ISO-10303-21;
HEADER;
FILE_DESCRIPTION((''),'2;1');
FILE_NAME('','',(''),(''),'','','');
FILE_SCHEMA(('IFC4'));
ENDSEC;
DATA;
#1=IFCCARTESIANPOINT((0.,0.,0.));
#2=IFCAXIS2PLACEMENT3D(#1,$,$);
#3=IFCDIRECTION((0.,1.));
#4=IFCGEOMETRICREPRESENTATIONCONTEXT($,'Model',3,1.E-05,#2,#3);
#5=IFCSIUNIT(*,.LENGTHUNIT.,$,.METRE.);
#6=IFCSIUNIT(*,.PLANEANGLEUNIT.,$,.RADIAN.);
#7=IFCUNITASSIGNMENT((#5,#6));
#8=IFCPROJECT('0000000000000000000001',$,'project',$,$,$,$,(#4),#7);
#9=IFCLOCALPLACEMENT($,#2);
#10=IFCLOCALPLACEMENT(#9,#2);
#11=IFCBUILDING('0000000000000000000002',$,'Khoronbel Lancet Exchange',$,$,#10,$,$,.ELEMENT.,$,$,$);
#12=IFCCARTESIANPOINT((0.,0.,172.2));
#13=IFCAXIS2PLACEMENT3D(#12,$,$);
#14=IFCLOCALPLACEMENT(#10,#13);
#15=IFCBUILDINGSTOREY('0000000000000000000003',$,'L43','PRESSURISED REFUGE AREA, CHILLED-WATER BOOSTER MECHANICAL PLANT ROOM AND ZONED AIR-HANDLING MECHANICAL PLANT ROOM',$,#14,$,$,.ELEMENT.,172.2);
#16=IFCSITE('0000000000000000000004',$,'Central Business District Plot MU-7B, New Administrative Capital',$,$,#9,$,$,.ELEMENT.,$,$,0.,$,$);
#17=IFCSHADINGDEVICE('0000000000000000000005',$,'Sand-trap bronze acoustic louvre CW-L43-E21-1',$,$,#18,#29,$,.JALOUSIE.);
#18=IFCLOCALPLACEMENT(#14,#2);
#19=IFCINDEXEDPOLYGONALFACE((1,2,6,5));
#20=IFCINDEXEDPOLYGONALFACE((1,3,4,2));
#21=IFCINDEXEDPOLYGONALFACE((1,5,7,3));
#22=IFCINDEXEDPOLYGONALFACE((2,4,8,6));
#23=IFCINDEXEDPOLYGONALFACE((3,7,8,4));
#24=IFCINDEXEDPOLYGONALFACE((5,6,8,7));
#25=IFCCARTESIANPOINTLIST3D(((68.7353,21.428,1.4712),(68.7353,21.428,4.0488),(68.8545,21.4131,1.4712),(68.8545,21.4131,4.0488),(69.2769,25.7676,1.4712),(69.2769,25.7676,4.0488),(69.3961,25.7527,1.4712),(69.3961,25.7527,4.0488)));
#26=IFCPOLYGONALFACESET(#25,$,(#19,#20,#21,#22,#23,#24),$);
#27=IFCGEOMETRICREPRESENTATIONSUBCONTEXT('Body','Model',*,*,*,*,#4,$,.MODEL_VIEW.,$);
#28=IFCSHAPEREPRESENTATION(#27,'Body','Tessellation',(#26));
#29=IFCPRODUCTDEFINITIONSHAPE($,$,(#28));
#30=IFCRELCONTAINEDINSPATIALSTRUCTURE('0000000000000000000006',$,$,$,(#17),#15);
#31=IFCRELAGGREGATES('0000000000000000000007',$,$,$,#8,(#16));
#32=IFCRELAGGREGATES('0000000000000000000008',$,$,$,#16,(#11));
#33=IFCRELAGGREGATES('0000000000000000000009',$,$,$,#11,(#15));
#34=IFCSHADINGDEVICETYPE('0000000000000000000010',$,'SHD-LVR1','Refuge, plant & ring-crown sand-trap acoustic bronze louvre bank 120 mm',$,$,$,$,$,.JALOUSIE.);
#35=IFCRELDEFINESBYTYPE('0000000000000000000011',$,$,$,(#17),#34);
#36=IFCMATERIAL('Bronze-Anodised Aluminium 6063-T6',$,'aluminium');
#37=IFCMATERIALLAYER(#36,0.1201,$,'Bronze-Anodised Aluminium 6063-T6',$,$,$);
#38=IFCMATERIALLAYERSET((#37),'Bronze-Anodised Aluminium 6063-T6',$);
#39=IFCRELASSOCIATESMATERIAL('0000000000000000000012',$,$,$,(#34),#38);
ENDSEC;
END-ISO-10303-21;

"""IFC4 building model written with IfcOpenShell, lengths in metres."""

from ifc_helpers import new_model, si_unit, direction, frame, origin, origin_2d, place, context, subcontext, project, spatial, rectangle, extrude, material, layer, layer_set, type_object, element, save


model = new_model("IFC4")

# Units and contexts
model_context = context("Model", 3, precision=1e-05, world=origin(), true_north=direction((0.0, 1.0)))
body_context = subcontext(model_context, "Body", "Model", "MODEL_VIEW")
ifc_project = project(units=[si_unit("LENGTHUNIT", "METRE"), si_unit("PLANEANGLEUNIT", "RADIAN")], contexts=[model_context])

# Site, building, storey
site_placement = place(None, origin())
site = spatial("IfcSite", under=ifc_project, at=site_placement, Name="Central Business District Plot MU-7B, New Administrative Capital", CompositionType="ELEMENT", RefElevation=0.0)
building_placement = place(site_placement, origin())
building = spatial("IfcBuilding", under=site, at=building_placement, Name="Khoronbel Lancet Exchange", CompositionType="ELEMENT")
storey_placement = place(building_placement, frame((0.0, 0.0, 172.2)))
storey = spatial("IfcBuildingStorey", under=building, at=storey_placement, Name="L43", Description="PRESSURISED REFUGE AREA, CHILLED-WATER BOOSTER MECHANICAL PLANT ROOM AND ZONED AIR-HANDLING MECHANICAL PLANT ROOM", CompositionType="ELEMENT", Elevation=172.2)

# Shared definitions
ifc_material_1 = material(Name="Bronze-Anodised Aluminium 6063-T6", Category="aluminium")

# Shading device
ifc_layer_1 = layer(ifc_material_1, 0.1201, Name="Bronze-Anodised Aluminium 6063-T6")
ifc_layer_set_1 = layer_set([ifc_layer_1], Name="Bronze-Anodised Aluminium 6063-T6")
shading_device_type = type_object("IfcShadingDeviceType", Name="SHD-LVR1", Description="Refuge, plant & ring-crown sand-trap acoustic bronze louvre bank 120 mm", PredefinedType="JALOUSIE", material=ifc_layer_set_1)
shading_device_placement = place(storey_placement, frame((69.0657, 23.5903, 1.4712), z_axis=(0.0, 0.0, 1.0), x_axis=(-0.123838, -0.992302, 0.0)))
element("IfcShadingDevice", 1, at=shading_device_placement, inside=storey, type_object=shading_device_type, Name="Sand-trap bronze acoustic louvre CW-L43-E21-1", PredefinedType="JALOUSIE", context=body_context, shape_type="SweptSolid", body=[
    extrude(rectangle(XDim=4.3733, YDim=0.1201, at=origin_2d()), origin(), (0.0, 0.0, 1.0), 2.5776),
])

save(model, "model.ifc")
